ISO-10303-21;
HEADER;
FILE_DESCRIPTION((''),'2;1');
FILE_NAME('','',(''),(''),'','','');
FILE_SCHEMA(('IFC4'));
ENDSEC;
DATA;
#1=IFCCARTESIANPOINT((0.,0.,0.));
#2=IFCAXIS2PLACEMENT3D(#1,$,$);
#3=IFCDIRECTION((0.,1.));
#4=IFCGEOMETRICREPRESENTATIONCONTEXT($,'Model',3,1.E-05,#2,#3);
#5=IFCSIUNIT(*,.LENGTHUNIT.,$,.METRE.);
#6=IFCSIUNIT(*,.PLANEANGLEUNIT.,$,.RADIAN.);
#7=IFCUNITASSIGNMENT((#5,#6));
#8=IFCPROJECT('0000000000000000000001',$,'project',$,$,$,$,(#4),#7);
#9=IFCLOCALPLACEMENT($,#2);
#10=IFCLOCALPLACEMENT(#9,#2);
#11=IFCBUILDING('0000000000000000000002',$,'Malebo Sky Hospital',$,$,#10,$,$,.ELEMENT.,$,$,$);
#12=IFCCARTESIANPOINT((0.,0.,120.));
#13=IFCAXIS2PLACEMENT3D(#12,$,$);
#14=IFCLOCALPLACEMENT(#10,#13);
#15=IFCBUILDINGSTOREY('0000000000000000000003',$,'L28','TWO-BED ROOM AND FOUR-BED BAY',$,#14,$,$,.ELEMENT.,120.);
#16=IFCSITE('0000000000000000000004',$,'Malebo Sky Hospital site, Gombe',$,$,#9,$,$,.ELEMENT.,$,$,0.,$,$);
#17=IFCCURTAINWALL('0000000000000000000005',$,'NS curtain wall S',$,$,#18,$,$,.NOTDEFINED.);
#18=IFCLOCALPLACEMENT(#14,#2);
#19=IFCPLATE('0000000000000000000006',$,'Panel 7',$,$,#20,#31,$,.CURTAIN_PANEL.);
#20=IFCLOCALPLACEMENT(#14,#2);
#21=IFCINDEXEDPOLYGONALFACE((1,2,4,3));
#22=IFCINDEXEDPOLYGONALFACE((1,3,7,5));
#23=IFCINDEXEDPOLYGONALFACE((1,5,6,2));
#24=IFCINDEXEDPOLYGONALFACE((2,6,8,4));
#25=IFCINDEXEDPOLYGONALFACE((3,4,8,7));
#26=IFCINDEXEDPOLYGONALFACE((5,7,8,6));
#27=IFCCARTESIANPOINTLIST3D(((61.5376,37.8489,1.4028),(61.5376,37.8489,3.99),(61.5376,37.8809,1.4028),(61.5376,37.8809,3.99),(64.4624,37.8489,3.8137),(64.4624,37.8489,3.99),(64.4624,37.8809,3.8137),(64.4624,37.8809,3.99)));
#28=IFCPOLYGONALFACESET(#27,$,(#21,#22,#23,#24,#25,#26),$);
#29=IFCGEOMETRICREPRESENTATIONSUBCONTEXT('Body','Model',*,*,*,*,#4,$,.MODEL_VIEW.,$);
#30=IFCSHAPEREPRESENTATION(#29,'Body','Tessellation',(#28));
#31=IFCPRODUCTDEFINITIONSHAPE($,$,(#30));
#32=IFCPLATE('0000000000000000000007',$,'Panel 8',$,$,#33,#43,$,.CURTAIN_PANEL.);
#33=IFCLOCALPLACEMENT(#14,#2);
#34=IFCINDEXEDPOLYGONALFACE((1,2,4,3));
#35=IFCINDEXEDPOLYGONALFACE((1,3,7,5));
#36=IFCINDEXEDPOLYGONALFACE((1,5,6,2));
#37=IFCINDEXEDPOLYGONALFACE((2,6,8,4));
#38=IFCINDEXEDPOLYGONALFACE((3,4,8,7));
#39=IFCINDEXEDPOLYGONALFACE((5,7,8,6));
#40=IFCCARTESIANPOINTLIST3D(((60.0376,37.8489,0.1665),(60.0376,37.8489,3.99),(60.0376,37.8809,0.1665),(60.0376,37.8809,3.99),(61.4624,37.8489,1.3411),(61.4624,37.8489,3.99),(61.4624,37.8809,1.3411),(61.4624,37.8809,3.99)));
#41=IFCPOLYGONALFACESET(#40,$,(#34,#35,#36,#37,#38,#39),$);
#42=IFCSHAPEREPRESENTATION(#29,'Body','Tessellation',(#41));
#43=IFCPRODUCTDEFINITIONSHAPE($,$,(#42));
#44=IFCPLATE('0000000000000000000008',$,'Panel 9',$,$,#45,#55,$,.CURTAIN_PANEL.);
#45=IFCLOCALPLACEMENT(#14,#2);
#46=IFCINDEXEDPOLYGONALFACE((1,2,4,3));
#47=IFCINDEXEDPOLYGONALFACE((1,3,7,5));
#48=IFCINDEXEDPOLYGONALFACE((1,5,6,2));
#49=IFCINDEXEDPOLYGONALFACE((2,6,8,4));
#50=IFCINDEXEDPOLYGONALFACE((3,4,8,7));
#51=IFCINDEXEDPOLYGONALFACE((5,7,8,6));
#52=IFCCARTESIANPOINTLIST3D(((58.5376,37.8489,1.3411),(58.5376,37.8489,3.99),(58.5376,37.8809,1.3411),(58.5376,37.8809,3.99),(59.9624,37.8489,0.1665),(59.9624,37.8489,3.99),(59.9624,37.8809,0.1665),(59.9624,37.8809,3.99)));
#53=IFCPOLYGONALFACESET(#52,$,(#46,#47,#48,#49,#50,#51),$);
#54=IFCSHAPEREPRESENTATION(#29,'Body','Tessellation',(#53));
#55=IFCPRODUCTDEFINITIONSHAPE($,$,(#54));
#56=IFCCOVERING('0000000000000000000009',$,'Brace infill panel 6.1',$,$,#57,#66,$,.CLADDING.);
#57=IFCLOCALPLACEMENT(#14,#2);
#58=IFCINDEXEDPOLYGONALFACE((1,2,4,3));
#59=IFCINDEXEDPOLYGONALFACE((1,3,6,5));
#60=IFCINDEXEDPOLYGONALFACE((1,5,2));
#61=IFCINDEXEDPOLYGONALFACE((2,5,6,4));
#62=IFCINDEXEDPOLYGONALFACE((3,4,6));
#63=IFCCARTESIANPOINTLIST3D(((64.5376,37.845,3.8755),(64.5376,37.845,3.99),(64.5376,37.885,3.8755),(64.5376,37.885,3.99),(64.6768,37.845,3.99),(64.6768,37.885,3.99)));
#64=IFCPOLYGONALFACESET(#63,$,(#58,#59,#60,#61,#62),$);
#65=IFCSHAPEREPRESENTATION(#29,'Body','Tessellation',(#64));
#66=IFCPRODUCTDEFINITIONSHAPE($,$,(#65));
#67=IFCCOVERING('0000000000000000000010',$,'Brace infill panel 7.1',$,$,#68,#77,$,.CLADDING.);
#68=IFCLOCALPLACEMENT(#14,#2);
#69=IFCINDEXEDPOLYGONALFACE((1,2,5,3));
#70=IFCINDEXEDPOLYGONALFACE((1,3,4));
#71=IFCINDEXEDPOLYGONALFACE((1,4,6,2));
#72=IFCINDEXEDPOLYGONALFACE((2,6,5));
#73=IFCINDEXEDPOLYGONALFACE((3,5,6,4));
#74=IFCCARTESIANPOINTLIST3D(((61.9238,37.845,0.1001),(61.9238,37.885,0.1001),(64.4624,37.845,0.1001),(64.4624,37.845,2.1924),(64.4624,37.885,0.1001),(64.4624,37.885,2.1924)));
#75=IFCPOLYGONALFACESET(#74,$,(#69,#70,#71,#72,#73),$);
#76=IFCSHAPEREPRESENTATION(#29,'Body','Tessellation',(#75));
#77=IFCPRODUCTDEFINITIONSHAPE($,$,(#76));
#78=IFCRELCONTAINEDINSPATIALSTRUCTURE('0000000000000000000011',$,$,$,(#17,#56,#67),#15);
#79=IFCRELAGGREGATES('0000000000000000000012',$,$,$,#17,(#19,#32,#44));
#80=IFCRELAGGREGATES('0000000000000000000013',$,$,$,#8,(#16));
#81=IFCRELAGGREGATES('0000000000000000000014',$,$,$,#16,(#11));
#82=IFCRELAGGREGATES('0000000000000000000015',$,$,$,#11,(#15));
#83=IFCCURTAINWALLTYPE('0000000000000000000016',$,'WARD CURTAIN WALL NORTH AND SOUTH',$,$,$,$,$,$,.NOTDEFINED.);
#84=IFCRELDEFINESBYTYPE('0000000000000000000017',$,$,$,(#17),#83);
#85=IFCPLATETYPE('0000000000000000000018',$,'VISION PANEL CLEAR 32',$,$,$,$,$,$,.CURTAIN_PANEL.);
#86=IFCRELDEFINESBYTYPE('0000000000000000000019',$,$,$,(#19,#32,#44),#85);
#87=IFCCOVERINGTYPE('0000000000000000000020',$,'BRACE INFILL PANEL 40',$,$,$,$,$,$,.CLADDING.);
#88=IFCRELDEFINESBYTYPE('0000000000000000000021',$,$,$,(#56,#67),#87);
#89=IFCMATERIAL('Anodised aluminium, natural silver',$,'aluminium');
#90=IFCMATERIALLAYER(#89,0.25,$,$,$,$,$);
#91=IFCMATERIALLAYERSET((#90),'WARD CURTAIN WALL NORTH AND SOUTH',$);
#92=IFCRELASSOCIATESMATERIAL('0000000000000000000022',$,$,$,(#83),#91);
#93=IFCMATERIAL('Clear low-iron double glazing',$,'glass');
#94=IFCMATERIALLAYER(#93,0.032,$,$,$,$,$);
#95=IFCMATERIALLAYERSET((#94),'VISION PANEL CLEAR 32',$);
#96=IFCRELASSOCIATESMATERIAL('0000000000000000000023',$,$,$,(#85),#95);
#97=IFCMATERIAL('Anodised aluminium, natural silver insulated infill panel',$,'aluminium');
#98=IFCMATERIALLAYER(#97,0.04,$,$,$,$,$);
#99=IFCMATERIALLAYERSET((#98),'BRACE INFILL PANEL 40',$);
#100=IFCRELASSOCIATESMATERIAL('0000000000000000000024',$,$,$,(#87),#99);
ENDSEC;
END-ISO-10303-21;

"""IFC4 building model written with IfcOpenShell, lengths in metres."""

from ifc_helpers import new_model, si_unit, direction, frame, origin, place, context, subcontext, project, spatial, polyline, outline, extrude, material, layer, layer_set, type_object, element, aggregate, save


model = new_model("IFC4")

# Units and contexts
model_context = context("Model", 3, precision=1e-05, world=origin(), true_north=direction((0.0, 1.0)))
body_context = subcontext(model_context, "Body", "Model", "MODEL_VIEW")
ifc_project = project(units=[si_unit("LENGTHUNIT", "METRE"), si_unit("PLANEANGLEUNIT", "RADIAN")], contexts=[model_context])

# Site, building, storey
site_placement = place(None, origin())
site = spatial("IfcSite", under=ifc_project, at=site_placement, Name="Malebo Sky Hospital site, Gombe", CompositionType="ELEMENT", RefElevation=0.0)
building_placement = place(site_placement, origin())
building = spatial("IfcBuilding", under=site, at=building_placement, Name="Malebo Sky Hospital", CompositionType="ELEMENT")
storey_placement = place(building_placement, frame((0.0, 0.0, 120.0)))
storey = spatial("IfcBuildingStorey", under=building, at=storey_placement, Name="L28", Description="TWO-BED ROOM AND FOUR-BED BAY", CompositionType="ELEMENT", Elevation=120.0)

# Curtain wall
ifc_material_1 = material(Name="Anodised aluminium, natural silver", Category="aluminium")
ifc_layer_1 = layer(ifc_material_1, 0.25)
ifc_layer_set_1 = layer_set([ifc_layer_1], Name="WARD CURTAIN WALL NORTH AND SOUTH")
curtain_wall_type = type_object("IfcCurtainWallType", Name="WARD CURTAIN WALL NORTH AND SOUTH", PredefinedType="NOTDEFINED", material=ifc_layer_set_1)
curtain_wall_placement = place(storey_placement, origin())
curtain_wall = element("IfcCurtainWall", 1, at=curtain_wall_placement, inside=storey, type_object=curtain_wall_type, Name="NS curtain wall S", PredefinedType="NOTDEFINED")

# Plates
ifc_material_2 = material(Name="Clear low-iron double glazing", Category="glass")
ifc_layer_2 = layer(ifc_material_2, 0.032)
ifc_layer_set_2 = layer_set([ifc_layer_2], Name="VISION PANEL CLEAR 32")
plate_type = type_object("IfcPlateType", Name="VISION PANEL CLEAR 32", PredefinedType="CURTAIN_PANEL", material=ifc_layer_set_2)
plate_1_placement = place(storey_placement, frame((63.0, 37.865, 1.4028), z_axis=(0.0, 0.0, 1.0), x_axis=(-1.0, 0.0, 0.0)))
plate_1 = element("IfcPlate", 2, at=plate_1_placement, type_object=plate_type, Name="Panel 7", PredefinedType="CURTAIN_PANEL", context=body_context, shape_type="SweptSolid", body=[
    extrude(outline(polyline([(1.4624, 0.0), (1.4624, 2.5872), (-1.4624, 2.5872), (-1.4624, 2.4109), (1.4624, 0.0)])), frame((0.0, 0.0161, 0.0), z_axis=(0.0, -1.0, 0.0), x_axis=(1.0, 0.0, 0.0)), (0.0, 0.0, 1.0), 0.032),
])
plate_2_placement = place(storey_placement, frame((60.75, 37.865, 0.1665), z_axis=(0.0, 0.0, 1.0), x_axis=(-1.0, 0.0, 0.0)))
plate_2 = element("IfcPlate", 3, at=plate_2_placement, type_object=plate_type, Name="Panel 8", PredefinedType="CURTAIN_PANEL", context=body_context, shape_type="SweptSolid", body=[
    extrude(outline(polyline([(0.7124, 0.0), (0.7124, 3.8235), (-0.7124, 3.8235), (-0.7124, 1.1746), (0.7124, 0.0)])), frame((0.0, 0.0161, 0.0), z_axis=(0.0, -1.0, 0.0), x_axis=(1.0, 0.0, 0.0)), (0.0, 0.0, 1.0), 0.032),
])
plate_3_placement = place(storey_placement, frame((59.25, 37.865, 0.1665), z_axis=(0.0, 0.0, 1.0), x_axis=(-1.0, 0.0, 0.0)))
plate_3 = element("IfcPlate", 4, at=plate_3_placement, type_object=plate_type, Name="Panel 9", PredefinedType="CURTAIN_PANEL", context=body_context, shape_type="SweptSolid", body=[
    extrude(outline(polyline([(-0.7124, 0.0), (0.7124, 1.1746), (0.7124, 3.8235), (-0.7124, 3.8235), (-0.7124, 0.0)])), frame((0.0, 0.0161, 0.0), z_axis=(0.0, -1.0, 0.0), x_axis=(1.0, 0.0, 0.0)), (0.0, 0.0, 1.0), 0.032),
])
aggregate(curtain_wall, [plate_1, plate_2, plate_3])

# Coverings
ifc_material_3 = material(Name="Anodised aluminium, natural silver insulated infill panel", Category="aluminium")
ifc_layer_3 = layer(ifc_material_3, 0.04)
ifc_layer_set_3 = layer_set([ifc_layer_3], Name="BRACE INFILL PANEL 40")
covering_type = type_object("IfcCoveringType", Name="BRACE INFILL PANEL 40", PredefinedType="CLADDING", material=ifc_layer_set_3)
covering_1_placement = place(storey_placement, frame((64.6072, 37.865, 3.8755), z_axis=(0.0, 0.0, 1.0), x_axis=(-1.0, 0.0, 0.0)))
element("IfcCovering", 5, at=covering_1_placement, inside=storey, type_object=covering_type, Name="Brace infill panel 6.1", PredefinedType="CLADDING", context=body_context, shape_type="SweptSolid", body=[
    extrude(outline(polyline([(0.0696, 0.0), (0.0696, 0.1145), (-0.0696, 0.1145), (0.0696, 0.0)])), frame((0.0, 0.02, 0.0), z_axis=(0.0, -1.0, 0.0), x_axis=(1.0, 0.0, 0.0)), (0.0, 0.0, 1.0), 0.04),
])
covering_2_placement = place(storey_placement, frame((63.1931, 37.865, 0.1001), z_axis=(0.0, 0.0, 1.0), x_axis=(-1.0, 0.0, 0.0)))
element("IfcCovering", 6, at=covering_2_placement, inside=storey, type_object=covering_type, Name="Brace infill panel 7.1", PredefinedType="CLADDING", context=body_context, shape_type="SweptSolid", body=[
    extrude(outline(polyline([(-1.2693, 0.0), (1.2693, 0.0), (-1.2693, 2.0923), (-1.2693, 0.0)])), frame((0.0, 0.02, 0.0), z_axis=(0.0, -1.0, 0.0), x_axis=(1.0, 0.0, 0.0)), (0.0, 0.0, 1.0), 0.04),
])

save(model, "model.ifc")
